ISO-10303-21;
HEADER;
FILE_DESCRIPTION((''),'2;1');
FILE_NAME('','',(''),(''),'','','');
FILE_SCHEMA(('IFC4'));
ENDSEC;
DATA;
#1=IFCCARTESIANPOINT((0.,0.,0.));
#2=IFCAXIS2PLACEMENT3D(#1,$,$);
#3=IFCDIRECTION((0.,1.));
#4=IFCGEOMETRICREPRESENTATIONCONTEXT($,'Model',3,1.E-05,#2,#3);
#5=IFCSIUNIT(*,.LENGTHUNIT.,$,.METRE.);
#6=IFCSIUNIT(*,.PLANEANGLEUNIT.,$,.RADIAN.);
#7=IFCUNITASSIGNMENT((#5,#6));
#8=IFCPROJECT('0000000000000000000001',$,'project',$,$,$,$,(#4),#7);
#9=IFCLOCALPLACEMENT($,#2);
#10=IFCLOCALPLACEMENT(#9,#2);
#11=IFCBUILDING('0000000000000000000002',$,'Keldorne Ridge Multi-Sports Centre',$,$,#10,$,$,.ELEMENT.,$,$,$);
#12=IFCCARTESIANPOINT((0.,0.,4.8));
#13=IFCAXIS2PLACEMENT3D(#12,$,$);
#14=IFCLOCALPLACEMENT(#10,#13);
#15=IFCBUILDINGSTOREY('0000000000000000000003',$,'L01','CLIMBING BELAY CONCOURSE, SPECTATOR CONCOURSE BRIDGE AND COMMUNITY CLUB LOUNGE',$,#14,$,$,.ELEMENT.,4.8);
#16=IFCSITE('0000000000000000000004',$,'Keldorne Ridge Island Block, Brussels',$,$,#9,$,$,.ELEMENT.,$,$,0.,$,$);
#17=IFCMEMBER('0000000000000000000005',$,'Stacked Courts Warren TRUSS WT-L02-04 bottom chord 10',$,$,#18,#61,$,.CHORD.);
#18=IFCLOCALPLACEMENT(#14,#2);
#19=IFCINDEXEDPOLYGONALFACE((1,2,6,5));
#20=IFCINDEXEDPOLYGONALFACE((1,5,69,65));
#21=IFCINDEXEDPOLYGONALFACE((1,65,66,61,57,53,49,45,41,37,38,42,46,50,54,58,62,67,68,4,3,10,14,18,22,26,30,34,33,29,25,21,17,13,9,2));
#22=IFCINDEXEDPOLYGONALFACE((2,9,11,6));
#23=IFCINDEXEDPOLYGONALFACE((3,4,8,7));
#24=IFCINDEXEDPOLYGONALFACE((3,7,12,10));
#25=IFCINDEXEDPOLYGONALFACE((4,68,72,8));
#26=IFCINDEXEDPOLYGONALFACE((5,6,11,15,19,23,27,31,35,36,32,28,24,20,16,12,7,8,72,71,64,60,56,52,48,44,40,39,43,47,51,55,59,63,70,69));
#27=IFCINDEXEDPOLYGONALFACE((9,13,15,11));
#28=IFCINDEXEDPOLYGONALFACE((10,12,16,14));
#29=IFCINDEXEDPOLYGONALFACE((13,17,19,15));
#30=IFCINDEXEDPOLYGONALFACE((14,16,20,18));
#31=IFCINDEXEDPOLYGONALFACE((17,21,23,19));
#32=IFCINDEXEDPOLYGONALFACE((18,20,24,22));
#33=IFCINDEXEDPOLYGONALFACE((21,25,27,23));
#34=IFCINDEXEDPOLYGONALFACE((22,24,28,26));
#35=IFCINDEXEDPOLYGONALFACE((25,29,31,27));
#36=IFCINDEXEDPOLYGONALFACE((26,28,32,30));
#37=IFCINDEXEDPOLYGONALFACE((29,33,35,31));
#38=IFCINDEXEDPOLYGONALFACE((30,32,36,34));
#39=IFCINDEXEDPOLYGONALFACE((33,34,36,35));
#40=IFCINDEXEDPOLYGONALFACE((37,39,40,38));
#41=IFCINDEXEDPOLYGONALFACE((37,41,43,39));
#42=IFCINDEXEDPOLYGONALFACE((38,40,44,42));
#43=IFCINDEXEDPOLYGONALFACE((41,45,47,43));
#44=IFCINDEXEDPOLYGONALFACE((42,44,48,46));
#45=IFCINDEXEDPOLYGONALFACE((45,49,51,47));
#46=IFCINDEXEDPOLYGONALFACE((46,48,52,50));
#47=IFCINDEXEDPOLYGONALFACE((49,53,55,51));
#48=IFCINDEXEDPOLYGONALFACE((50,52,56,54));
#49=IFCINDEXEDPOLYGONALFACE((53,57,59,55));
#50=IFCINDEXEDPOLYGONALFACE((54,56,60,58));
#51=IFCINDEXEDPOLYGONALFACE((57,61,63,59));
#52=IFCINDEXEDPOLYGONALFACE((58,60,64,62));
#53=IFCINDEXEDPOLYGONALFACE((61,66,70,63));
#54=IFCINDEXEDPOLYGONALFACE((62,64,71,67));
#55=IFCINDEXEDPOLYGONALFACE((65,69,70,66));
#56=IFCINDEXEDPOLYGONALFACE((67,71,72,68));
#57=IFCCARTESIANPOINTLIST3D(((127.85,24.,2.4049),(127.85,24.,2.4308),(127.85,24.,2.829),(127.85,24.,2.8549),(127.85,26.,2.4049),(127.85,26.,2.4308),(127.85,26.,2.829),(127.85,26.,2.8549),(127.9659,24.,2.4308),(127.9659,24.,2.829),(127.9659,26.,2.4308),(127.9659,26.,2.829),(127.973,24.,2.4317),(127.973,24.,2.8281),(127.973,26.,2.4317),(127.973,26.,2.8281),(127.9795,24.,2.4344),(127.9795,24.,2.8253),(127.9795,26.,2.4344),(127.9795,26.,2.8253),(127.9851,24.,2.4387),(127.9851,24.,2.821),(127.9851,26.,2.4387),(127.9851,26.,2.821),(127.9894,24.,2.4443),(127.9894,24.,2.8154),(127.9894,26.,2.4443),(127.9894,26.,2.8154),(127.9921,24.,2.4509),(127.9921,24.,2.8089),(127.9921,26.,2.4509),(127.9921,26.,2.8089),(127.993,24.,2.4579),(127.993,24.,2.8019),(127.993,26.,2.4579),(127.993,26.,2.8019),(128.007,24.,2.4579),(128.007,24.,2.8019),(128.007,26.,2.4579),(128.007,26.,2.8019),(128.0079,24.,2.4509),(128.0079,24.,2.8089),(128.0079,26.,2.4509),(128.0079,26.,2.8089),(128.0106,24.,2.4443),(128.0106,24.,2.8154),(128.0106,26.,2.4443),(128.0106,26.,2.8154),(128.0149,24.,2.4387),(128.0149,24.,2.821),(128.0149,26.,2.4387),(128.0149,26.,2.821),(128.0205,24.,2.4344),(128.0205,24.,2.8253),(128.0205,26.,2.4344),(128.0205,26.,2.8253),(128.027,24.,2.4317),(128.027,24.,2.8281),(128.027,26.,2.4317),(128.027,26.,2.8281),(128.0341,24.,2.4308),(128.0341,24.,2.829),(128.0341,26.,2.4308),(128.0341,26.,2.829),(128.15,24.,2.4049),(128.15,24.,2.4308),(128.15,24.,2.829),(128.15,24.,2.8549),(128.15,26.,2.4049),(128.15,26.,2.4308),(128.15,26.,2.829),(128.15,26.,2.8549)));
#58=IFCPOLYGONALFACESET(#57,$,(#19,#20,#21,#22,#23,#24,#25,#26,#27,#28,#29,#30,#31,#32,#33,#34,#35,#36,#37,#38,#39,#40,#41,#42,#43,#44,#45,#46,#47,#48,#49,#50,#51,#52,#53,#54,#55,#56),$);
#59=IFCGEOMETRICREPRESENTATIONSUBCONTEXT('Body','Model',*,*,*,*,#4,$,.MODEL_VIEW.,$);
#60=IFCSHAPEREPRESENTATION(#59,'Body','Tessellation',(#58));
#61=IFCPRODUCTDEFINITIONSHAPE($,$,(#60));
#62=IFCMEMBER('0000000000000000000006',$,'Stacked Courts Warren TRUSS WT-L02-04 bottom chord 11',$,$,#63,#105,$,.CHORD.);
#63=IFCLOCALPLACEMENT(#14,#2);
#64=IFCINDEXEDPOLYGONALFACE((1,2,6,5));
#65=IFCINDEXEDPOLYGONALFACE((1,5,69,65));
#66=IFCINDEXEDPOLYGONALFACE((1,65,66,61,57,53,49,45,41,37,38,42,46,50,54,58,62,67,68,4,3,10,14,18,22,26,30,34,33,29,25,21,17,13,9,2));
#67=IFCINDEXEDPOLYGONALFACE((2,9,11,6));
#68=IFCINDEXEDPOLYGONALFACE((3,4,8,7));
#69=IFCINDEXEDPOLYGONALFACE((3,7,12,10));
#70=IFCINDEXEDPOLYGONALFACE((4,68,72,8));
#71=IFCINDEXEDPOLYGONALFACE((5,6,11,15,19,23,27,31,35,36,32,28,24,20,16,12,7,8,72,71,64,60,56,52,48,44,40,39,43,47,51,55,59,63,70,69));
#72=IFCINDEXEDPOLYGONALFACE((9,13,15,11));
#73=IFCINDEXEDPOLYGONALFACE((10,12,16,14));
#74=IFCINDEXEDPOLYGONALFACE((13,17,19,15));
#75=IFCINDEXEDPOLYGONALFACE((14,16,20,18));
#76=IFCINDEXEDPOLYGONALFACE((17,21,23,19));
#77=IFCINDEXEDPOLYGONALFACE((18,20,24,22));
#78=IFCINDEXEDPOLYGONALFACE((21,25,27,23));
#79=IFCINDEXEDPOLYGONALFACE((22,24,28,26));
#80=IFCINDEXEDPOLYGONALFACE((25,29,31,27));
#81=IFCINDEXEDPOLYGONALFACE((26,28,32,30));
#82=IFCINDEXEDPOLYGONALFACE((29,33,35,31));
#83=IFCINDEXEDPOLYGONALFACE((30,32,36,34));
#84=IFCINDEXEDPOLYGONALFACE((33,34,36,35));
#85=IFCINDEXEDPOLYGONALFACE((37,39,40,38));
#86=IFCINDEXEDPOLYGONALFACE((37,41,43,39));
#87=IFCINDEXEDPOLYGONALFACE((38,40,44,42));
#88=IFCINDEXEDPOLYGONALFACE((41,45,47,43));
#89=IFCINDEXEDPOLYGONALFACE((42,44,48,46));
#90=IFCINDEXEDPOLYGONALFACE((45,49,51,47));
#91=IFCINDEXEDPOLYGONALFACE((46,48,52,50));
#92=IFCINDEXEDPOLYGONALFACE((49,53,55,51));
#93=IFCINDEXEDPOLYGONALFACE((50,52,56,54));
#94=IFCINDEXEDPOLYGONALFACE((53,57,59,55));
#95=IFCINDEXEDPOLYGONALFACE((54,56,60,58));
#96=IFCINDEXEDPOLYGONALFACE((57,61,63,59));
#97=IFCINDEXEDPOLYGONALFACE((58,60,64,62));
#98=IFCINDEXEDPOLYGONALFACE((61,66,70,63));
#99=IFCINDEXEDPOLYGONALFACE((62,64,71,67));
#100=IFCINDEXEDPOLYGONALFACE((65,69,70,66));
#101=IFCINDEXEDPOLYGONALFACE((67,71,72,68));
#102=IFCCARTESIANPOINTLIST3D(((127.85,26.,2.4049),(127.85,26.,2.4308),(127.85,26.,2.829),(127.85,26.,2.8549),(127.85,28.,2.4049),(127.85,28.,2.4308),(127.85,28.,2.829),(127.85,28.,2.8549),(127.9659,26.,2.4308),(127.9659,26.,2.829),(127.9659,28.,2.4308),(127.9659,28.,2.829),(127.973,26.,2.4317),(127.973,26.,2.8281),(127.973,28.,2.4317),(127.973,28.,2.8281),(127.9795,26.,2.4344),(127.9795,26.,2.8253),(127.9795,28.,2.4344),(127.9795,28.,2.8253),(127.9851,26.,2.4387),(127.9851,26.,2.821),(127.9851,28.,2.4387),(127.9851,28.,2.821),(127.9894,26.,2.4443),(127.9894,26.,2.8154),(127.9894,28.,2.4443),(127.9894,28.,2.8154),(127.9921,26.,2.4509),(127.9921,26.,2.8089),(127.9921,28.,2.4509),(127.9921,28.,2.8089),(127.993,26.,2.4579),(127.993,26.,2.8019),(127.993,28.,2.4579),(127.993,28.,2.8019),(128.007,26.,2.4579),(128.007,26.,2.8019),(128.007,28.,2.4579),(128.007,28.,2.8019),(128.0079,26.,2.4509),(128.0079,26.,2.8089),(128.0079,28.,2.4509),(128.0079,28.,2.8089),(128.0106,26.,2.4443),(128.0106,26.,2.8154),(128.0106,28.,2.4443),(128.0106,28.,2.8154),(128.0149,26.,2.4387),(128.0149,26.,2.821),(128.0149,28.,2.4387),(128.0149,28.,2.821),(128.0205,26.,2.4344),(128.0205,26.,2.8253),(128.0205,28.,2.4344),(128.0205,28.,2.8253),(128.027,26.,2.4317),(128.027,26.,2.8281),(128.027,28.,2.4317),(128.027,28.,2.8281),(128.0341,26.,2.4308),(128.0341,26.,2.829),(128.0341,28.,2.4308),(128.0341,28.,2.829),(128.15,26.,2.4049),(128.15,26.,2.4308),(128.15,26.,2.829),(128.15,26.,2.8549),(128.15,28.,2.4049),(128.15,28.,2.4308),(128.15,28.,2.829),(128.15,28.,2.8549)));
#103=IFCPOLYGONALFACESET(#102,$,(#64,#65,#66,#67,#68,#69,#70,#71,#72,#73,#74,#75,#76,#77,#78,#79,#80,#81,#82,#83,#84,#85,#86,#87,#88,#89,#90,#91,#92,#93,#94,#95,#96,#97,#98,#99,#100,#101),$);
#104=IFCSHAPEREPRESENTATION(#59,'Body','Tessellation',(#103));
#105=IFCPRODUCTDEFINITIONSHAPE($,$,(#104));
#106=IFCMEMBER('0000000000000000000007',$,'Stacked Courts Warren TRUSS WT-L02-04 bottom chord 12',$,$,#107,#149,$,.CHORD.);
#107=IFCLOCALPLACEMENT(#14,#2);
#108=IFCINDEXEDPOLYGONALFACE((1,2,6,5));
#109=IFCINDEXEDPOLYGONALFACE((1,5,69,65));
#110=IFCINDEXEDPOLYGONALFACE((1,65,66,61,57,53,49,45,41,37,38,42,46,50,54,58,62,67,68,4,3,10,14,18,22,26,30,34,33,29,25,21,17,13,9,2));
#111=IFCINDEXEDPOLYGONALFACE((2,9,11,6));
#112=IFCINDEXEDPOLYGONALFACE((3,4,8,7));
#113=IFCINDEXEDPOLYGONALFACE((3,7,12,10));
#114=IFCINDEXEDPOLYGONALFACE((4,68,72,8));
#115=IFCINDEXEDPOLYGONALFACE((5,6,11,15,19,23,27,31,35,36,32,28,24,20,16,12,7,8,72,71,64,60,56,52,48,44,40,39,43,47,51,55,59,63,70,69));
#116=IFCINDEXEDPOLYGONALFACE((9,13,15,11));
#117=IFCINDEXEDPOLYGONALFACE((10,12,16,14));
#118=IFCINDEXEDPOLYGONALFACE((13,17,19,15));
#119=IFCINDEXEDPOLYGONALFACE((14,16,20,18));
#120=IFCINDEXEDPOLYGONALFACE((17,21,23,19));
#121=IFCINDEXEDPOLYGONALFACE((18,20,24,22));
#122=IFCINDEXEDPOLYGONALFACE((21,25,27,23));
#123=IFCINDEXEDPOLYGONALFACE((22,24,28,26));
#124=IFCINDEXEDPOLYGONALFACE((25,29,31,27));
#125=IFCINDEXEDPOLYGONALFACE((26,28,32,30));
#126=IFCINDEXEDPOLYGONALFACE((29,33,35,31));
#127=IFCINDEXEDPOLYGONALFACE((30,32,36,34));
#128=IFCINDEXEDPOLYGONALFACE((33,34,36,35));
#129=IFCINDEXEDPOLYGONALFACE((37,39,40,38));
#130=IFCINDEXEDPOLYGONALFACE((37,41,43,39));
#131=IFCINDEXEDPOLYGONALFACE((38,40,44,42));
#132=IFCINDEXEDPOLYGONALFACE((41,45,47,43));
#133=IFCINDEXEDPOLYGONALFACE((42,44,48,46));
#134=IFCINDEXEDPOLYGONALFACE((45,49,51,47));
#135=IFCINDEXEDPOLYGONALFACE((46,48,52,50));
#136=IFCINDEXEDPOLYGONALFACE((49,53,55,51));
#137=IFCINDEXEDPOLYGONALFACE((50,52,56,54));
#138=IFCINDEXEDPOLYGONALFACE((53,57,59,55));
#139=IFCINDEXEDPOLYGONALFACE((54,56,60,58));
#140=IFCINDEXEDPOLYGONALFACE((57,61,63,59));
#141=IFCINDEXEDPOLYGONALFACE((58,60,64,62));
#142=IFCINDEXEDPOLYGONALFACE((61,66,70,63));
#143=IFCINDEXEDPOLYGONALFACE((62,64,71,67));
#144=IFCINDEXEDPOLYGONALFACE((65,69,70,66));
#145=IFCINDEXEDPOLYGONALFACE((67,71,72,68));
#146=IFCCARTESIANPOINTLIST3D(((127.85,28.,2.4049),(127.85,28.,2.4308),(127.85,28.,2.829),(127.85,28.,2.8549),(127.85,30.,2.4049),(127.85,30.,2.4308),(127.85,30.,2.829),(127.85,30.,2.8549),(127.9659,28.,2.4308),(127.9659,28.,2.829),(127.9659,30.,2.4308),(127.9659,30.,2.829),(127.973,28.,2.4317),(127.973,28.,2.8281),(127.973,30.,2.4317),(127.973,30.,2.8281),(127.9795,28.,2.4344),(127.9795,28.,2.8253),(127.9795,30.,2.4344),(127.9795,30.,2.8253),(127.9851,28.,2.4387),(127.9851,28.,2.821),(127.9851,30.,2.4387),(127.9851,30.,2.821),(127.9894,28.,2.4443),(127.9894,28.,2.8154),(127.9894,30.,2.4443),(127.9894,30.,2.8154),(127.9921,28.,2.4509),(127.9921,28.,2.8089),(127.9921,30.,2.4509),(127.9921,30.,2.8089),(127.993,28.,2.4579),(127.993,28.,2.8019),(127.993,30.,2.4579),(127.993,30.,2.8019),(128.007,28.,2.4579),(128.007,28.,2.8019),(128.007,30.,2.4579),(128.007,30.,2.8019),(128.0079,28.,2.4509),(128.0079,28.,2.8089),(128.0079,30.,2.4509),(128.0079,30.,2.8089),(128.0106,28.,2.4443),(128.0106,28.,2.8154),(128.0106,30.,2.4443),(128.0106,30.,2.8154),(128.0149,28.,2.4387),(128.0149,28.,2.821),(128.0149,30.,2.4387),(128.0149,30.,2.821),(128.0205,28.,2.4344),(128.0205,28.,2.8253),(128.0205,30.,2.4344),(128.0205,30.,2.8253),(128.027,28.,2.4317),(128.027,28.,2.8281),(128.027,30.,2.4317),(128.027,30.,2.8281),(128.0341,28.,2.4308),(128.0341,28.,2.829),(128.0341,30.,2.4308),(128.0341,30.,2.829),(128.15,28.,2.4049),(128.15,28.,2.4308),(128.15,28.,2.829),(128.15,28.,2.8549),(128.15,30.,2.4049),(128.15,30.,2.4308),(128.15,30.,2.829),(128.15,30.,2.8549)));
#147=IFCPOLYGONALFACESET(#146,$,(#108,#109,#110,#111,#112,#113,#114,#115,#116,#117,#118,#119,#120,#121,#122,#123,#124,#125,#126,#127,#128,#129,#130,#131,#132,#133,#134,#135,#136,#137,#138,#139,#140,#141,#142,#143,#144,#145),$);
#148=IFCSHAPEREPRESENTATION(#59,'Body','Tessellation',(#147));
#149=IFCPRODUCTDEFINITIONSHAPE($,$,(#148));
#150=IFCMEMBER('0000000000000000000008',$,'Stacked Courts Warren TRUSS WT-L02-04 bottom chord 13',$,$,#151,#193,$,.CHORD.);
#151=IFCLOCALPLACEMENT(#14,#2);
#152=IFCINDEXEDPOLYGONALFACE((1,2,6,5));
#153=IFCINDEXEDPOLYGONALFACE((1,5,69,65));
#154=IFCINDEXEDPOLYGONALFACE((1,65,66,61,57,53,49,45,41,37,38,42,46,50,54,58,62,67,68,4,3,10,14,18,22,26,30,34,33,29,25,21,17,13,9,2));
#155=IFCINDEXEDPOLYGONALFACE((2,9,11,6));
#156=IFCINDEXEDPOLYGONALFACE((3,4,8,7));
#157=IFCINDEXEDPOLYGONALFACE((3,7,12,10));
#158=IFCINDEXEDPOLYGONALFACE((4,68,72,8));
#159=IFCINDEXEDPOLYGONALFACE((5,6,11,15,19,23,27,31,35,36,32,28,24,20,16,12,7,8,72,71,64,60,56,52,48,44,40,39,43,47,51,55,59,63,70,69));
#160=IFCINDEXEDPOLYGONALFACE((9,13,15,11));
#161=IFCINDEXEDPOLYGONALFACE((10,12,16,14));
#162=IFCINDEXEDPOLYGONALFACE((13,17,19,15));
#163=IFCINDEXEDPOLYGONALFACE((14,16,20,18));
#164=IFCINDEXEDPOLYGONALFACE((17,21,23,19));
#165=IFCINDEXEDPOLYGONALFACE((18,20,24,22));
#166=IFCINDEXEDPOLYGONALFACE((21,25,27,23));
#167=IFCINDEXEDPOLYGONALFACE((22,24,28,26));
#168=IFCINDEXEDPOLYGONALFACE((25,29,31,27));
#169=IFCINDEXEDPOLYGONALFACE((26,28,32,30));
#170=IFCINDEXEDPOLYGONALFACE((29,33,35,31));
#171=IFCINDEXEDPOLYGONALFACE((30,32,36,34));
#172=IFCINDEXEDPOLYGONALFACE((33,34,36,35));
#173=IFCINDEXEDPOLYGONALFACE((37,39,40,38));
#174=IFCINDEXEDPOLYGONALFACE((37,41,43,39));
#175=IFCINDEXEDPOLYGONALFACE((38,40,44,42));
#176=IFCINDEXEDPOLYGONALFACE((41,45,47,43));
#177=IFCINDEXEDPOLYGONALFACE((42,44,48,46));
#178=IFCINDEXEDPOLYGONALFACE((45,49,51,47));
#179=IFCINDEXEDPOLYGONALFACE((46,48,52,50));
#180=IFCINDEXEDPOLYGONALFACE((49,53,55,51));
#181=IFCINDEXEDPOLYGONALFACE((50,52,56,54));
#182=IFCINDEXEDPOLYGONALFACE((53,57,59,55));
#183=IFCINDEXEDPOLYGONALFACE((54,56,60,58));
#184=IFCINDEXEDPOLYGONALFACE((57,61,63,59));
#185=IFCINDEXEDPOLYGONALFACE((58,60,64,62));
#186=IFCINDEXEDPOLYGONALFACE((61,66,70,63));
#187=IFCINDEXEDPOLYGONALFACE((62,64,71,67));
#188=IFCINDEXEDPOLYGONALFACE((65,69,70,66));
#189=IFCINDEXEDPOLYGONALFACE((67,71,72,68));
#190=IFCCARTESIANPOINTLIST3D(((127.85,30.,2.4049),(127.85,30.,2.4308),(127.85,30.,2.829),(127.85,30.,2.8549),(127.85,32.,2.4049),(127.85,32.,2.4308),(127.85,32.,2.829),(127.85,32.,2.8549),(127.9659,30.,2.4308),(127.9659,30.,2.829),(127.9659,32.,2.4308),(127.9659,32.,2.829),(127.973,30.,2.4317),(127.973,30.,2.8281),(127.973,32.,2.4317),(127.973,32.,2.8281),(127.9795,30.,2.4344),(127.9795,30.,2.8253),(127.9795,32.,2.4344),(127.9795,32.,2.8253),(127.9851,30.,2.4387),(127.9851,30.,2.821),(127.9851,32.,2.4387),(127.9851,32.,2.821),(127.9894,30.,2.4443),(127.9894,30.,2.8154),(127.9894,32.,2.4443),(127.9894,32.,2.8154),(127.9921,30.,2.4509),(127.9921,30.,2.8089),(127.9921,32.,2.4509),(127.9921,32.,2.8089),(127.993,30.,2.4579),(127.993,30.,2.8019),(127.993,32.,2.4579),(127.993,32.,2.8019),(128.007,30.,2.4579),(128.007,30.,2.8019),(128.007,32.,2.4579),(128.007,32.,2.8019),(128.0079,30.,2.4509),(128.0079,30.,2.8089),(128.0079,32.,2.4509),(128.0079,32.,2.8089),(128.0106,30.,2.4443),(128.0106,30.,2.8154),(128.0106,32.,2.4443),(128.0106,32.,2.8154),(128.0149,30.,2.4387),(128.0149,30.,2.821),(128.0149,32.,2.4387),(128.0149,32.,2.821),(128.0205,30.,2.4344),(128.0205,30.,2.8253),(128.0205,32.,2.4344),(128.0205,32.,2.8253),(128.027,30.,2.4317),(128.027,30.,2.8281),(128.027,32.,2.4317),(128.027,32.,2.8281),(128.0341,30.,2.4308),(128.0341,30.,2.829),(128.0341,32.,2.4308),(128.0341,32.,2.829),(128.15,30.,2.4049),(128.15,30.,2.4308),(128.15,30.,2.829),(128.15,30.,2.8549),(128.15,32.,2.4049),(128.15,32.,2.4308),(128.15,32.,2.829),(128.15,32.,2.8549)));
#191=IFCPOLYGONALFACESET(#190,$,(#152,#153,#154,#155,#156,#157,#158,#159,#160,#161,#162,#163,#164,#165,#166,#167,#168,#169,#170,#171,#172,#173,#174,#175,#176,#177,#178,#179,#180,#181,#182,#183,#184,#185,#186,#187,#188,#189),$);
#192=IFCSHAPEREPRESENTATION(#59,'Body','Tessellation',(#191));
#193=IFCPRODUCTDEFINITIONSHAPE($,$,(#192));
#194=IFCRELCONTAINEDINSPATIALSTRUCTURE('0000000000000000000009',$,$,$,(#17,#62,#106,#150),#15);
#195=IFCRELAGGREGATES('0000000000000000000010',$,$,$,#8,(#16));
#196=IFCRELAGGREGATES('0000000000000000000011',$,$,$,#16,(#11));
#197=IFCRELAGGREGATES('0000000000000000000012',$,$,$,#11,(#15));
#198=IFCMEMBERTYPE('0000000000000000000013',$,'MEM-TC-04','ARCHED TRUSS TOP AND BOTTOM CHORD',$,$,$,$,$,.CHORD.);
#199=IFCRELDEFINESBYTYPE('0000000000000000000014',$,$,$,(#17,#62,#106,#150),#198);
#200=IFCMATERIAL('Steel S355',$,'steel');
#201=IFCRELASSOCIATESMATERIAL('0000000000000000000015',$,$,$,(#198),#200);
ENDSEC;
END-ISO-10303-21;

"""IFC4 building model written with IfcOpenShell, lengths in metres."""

from ifc_helpers import new_model, si_unit, direction, frame, origin, origin_2d, place, context, subcontext, project, spatial, i_section, extrude, material, material_profile, profile_set, type_object, element, save


model = new_model("IFC4")

# Units and contexts
model_context = context("Model", 3, precision=1e-05, world=origin(), true_north=direction((0.0, 1.0)))
body_context = subcontext(model_context, "Body", "Model", "MODEL_VIEW")
ifc_project = project(units=[si_unit("LENGTHUNIT", "METRE"), si_unit("PLANEANGLEUNIT", "RADIAN")], contexts=[model_context])

# Site, building, storey
site_placement = place(None, origin())
site = spatial("IfcSite", under=ifc_project, at=site_placement, Name="Keldorne Ridge Island Block, Brussels", CompositionType="ELEMENT", RefElevation=0.0)
building_placement = place(site_placement, origin())
building = spatial("IfcBuilding", under=site, at=building_placement, Name="Keldorne Ridge Multi-Sports Centre", CompositionType="ELEMENT")
storey_placement = place(building_placement, frame((0.0, 0.0, 4.8)))
storey = spatial("IfcBuildingStorey", under=building, at=storey_placement, Name="L01", Description="CLIMBING BELAY CONCOURSE, SPECTATOR CONCOURSE BRIDGE AND COMMUNITY CLUB LOUNGE", CompositionType="ELEMENT", Elevation=4.8)

# Members
ifc_material = material(Name="Steel S355", Category="steel")
ifc_material_profile_1 = material_profile(ifc_material, i_section(OverallWidth=0.3, OverallDepth=0.45, WebThickness=0.0139, FlangeThickness=0.0259, FilletRadius=0.0271, at=origin_2d()), Name="HEB 450")
ifc_profile_set_1 = profile_set([ifc_material_profile_1], Name="Steel S355")
member_type_1 = type_object("IfcMemberType", Name="MEM-TC-04", Description="ARCHED TRUSS TOP AND BOTTOM CHORD", PredefinedType="CHORD", material=ifc_profile_set_1)
for number, where, z_axis, x_axis, name in (
    (1, (128.0, 24.0, 2.6299), (0.0, 1.0, 0.0), (-1.0, 0.0, 0.0), "Stacked Courts Warren TRUSS WT-L02-04 bottom chord 10"),
    (2, (128.0, 26.0, 2.6299), (0.0, 1.0, 0.0), (-1.0, 0.0, 0.0), "Stacked Courts Warren TRUSS WT-L02-04 bottom chord 11"),
    (3, (128.0, 28.0, 2.6299), (0.0, 1.0, 0.0), (-1.0, 0.0, 0.0), "Stacked Courts Warren TRUSS WT-L02-04 bottom chord 12"),
    (4, (128.0, 30.0, 2.6299), (0.0, 1.0, 0.0), (-1.0, 0.0, 0.0), "Stacked Courts Warren TRUSS WT-L02-04 bottom chord 13"),
):
    element("IfcMember", number, at=place(storey_placement, frame(where, z_axis=z_axis, x_axis=x_axis)), inside=storey, type_object=member_type_1, Name=name, PredefinedType="CHORD", context=body_context, shape_type="SweptSolid", body=[
        extrude(i_section(OverallWidth=0.3, OverallDepth=0.45, WebThickness=0.0139, FlangeThickness=0.0259, FilletRadius=0.0271, at=origin_2d()), origin(), (0.0, 0.0, 1.0), 2.0),
    ])

save(model, "model.ifc")
